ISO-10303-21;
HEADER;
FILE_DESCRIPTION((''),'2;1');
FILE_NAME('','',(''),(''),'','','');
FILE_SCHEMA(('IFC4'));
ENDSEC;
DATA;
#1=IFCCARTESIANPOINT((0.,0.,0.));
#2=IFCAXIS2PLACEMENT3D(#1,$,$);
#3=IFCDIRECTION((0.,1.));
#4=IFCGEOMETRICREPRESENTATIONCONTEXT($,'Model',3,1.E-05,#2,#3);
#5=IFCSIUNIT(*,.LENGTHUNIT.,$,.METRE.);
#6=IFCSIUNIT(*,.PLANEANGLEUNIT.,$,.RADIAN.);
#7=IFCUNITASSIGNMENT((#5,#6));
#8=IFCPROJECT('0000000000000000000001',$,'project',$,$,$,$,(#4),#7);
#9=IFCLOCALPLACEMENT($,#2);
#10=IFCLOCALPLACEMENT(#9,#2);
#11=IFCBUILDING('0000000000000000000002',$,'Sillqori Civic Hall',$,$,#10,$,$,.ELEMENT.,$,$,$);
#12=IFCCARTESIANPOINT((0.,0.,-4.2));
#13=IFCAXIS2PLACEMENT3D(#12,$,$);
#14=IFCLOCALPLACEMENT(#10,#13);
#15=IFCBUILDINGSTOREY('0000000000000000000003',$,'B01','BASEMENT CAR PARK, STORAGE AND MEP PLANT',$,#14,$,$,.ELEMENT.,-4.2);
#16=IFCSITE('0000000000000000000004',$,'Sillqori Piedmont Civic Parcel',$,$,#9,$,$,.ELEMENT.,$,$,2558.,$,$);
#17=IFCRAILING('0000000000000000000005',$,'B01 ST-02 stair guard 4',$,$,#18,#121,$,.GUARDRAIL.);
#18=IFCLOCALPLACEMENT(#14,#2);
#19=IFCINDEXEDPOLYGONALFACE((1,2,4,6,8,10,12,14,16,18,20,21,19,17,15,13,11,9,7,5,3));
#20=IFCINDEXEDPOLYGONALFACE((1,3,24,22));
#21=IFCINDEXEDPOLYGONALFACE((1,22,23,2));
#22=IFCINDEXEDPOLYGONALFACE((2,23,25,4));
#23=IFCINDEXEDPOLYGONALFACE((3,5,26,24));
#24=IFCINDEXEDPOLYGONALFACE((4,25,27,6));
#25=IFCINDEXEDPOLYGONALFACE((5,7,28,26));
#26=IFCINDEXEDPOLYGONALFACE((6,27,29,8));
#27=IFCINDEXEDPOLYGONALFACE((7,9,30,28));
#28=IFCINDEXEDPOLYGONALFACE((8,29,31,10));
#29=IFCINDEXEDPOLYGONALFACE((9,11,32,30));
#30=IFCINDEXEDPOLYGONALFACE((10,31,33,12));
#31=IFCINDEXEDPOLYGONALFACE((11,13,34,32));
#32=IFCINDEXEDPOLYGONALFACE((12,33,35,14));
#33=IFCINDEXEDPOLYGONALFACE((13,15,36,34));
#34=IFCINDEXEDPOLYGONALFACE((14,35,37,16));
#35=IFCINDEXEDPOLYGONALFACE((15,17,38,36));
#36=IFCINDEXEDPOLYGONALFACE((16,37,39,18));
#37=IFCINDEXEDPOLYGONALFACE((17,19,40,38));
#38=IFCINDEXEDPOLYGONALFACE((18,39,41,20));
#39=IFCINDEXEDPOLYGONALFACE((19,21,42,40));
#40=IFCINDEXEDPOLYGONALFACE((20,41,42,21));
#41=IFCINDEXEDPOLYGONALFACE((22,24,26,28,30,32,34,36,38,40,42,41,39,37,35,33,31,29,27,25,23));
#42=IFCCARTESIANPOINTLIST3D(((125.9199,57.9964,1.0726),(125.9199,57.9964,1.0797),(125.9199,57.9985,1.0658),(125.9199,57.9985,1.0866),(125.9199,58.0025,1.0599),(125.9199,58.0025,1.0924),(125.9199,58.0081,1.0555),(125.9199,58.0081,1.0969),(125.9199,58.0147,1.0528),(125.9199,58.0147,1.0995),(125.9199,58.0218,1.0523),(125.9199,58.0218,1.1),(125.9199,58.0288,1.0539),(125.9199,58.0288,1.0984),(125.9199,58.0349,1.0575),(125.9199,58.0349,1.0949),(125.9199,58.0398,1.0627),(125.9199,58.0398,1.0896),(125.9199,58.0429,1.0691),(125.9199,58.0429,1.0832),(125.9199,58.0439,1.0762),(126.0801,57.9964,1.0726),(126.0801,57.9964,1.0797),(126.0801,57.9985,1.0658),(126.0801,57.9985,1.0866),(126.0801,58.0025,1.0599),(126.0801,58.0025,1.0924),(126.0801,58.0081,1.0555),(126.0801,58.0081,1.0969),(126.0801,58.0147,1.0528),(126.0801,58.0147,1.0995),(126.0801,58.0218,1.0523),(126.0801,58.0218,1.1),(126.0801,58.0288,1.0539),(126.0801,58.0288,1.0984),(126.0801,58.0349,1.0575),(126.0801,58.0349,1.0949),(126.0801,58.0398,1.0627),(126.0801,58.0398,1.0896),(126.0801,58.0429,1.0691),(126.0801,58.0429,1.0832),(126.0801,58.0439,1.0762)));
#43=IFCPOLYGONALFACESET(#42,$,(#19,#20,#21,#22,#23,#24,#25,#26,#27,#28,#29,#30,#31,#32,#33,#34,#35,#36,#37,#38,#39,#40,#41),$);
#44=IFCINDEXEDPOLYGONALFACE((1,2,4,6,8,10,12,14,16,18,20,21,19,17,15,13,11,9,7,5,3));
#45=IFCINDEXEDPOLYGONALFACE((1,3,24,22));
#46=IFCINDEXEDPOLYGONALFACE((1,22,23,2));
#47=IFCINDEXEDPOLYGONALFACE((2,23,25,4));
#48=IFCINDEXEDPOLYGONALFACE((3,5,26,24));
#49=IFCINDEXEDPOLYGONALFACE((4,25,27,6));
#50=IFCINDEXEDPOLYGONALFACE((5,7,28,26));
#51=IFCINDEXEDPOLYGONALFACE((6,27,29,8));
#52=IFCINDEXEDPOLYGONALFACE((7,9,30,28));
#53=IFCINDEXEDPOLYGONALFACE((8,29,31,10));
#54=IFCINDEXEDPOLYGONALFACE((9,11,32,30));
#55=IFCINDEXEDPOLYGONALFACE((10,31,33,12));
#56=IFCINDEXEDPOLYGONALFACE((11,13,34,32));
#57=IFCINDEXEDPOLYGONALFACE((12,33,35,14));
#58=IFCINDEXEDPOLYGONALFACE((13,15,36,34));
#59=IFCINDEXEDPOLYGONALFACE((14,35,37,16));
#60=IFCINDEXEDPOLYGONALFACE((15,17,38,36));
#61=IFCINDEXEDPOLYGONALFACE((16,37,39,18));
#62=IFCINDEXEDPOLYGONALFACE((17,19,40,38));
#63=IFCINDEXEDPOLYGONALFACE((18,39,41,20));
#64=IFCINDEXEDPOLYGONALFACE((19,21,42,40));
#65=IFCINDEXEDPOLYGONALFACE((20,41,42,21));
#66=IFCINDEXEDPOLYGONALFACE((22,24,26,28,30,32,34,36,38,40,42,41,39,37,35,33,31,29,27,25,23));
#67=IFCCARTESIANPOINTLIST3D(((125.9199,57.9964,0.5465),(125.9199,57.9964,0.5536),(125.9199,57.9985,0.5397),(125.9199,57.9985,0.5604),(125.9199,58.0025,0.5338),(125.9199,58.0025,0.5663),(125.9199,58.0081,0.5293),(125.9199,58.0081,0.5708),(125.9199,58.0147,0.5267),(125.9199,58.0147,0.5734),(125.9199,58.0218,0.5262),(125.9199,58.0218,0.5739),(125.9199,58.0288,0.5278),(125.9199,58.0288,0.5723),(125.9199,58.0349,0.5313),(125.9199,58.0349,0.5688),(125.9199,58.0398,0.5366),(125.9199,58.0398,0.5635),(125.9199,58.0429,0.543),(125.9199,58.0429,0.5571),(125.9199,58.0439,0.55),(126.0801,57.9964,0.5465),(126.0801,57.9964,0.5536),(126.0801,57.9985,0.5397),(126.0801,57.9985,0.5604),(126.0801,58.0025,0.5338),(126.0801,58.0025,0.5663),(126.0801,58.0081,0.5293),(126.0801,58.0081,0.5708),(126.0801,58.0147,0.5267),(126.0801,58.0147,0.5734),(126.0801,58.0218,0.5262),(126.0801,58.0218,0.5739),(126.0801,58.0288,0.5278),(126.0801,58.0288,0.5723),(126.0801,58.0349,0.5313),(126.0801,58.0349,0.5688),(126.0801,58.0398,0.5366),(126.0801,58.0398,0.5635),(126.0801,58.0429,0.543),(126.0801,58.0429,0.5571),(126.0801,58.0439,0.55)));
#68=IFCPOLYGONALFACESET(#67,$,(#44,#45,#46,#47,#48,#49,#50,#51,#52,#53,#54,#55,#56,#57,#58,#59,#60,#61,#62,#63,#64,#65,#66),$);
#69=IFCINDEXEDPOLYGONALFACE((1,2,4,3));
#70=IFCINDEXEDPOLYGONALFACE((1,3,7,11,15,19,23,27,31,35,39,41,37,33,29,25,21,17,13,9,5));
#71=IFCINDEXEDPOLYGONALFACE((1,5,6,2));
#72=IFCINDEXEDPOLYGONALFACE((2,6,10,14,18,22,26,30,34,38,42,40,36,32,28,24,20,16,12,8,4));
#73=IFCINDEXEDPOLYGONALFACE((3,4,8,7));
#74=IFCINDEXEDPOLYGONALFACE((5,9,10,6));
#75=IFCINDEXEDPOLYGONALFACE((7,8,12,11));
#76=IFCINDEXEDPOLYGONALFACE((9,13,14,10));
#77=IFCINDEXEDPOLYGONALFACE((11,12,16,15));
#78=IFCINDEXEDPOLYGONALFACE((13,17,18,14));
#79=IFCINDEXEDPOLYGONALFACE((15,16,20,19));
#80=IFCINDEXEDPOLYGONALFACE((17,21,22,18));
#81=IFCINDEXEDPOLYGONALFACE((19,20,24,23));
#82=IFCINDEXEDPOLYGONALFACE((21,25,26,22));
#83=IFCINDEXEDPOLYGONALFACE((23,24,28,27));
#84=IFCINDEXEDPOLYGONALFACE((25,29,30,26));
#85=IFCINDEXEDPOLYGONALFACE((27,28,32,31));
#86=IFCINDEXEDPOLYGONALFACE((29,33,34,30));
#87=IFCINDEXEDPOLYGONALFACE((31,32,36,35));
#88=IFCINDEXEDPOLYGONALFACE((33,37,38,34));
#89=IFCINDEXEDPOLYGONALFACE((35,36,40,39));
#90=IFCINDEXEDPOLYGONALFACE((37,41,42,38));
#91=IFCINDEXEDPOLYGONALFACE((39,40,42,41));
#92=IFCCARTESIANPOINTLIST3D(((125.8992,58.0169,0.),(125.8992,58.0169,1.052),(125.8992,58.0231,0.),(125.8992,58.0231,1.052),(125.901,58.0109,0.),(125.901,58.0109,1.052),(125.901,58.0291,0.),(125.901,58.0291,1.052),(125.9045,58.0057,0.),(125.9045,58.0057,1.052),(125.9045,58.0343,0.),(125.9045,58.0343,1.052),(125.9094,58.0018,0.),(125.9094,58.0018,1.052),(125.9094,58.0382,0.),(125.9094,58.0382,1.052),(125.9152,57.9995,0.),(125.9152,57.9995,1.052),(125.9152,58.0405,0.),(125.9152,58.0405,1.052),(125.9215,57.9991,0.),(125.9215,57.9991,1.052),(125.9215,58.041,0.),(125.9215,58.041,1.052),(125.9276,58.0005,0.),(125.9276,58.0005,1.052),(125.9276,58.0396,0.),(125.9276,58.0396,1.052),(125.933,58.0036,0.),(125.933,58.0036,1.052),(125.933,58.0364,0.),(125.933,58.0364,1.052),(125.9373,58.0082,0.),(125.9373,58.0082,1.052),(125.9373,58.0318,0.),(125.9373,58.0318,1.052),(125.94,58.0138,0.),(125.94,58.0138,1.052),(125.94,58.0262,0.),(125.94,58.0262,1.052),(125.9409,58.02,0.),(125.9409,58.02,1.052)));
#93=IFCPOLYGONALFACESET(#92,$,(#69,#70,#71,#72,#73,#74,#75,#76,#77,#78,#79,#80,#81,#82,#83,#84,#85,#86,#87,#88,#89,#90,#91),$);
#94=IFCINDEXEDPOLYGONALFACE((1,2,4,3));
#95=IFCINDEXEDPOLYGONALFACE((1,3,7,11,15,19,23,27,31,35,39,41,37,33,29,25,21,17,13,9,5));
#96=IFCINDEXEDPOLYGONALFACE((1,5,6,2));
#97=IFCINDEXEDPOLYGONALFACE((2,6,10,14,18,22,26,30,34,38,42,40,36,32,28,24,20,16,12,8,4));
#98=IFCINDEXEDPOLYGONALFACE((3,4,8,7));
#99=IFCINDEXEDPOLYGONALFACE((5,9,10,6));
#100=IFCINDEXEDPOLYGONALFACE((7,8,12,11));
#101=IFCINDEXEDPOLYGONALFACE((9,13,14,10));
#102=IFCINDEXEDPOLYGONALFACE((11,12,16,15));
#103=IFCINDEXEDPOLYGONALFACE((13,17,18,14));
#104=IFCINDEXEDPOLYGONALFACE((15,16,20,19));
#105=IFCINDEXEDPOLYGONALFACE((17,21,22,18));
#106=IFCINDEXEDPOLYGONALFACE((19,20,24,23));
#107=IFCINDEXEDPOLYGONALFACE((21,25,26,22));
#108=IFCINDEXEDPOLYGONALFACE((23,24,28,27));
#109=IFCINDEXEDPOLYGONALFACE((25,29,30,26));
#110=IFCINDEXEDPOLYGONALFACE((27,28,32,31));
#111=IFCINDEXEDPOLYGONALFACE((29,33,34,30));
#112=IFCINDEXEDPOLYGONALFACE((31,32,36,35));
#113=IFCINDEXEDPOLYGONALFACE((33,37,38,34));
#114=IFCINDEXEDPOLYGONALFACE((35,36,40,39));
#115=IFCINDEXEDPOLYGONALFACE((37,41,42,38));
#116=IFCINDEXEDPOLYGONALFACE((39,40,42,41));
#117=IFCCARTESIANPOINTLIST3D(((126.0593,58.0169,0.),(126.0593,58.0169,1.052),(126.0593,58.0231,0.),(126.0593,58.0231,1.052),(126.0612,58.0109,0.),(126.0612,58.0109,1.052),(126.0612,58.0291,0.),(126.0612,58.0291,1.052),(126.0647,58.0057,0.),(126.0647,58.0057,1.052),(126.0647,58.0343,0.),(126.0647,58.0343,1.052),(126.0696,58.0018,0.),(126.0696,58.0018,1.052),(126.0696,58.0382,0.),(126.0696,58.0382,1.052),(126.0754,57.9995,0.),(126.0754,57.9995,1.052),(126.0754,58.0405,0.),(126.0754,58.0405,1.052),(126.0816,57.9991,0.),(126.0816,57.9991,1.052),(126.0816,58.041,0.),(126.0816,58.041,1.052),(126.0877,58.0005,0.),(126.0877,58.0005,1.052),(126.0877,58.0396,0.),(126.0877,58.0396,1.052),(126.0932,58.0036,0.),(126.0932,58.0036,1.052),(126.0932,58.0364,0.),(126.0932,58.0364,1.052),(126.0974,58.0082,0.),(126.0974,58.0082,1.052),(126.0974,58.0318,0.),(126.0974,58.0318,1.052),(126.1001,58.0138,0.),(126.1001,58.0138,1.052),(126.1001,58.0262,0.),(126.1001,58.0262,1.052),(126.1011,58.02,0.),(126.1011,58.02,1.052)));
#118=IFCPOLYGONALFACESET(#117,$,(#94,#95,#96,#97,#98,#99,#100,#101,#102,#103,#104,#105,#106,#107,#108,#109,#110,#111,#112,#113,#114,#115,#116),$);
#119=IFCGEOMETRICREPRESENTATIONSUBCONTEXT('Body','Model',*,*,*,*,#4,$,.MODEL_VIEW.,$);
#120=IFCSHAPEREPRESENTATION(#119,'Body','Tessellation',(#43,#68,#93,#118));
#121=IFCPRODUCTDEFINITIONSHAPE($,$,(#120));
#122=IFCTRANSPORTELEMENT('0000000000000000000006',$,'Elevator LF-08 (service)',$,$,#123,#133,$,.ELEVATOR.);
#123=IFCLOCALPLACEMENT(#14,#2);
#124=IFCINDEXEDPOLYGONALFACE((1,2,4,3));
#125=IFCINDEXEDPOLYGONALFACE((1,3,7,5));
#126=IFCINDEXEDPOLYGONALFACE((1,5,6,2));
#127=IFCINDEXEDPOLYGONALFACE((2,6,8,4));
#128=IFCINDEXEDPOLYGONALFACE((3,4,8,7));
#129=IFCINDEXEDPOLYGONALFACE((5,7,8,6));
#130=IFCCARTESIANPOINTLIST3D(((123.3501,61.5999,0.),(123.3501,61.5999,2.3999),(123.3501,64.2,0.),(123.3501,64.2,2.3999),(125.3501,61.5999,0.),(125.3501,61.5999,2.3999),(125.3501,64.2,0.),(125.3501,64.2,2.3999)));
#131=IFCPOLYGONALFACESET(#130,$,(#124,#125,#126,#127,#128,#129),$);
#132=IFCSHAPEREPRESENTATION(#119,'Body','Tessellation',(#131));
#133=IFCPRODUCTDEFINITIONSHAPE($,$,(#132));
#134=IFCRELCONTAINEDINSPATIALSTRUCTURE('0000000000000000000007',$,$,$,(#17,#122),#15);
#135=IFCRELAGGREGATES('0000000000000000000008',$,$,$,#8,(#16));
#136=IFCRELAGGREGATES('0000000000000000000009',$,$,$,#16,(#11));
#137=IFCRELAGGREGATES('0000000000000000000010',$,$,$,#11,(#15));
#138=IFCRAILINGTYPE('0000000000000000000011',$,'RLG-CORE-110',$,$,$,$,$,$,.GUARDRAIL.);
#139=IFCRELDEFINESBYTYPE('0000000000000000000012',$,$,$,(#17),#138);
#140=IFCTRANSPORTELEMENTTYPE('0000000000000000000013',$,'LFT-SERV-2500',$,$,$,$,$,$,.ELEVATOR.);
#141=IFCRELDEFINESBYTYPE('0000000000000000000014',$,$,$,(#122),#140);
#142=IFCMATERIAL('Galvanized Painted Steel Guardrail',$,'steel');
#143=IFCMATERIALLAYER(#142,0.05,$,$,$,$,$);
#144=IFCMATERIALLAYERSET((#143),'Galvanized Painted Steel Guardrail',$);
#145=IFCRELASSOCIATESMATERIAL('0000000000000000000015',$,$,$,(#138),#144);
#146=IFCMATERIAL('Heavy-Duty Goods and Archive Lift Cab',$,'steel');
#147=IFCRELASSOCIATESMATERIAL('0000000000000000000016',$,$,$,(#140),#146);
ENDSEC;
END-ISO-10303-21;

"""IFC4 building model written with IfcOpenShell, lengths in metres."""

from ifc_helpers import new_model, si_unit, direction, frame, origin, origin_2d, place, context, subcontext, project, spatial, rectangle, circle, extrude, material, layer, layer_set, type_object, element, save


model = new_model("IFC4")

# Units and contexts
model_context = context("Model", 3, precision=1e-05, world=origin(), true_north=direction((0.0, 1.0)))
body_context = subcontext(model_context, "Body", "Model", "MODEL_VIEW")
ifc_project = project(units=[si_unit("LENGTHUNIT", "METRE"), si_unit("PLANEANGLEUNIT", "RADIAN")], contexts=[model_context])

# Site, building, storey
site_placement = place(None, origin())
site = spatial("IfcSite", under=ifc_project, at=site_placement, Name="Sillqori Piedmont Civic Parcel", CompositionType="ELEMENT", RefElevation=2558.0)
building_placement = place(site_placement, origin())
building = spatial("IfcBuilding", under=site, at=building_placement, Name="Sillqori Civic Hall", CompositionType="ELEMENT")
storey_placement = place(building_placement, frame((0.0, 0.0, -4.2)))
storey = spatial("IfcBuildingStorey", under=building, at=storey_placement, Name="B01", Description="BASEMENT CAR PARK, STORAGE AND MEP PLANT", CompositionType="ELEMENT", Elevation=-4.2)

# Railing
ifc_material_1 = material(Name="Galvanized Painted Steel Guardrail", Category="steel")
ifc_layer_1 = layer(ifc_material_1, 0.05)
ifc_layer_set_1 = layer_set([ifc_layer_1], Name="Galvanized Painted Steel Guardrail")
railing_type_1 = type_object("IfcRailingType", Name="RLG-CORE-110", PredefinedType="GUARDRAIL", material=ifc_layer_set_1)
railing_1_placement = place(storey_placement, frame((125.9199, 58.02, 0.0)))
element("IfcRailing", 1, at=railing_1_placement, inside=storey, type_object=railing_type_1, Name="B01 ST-02 stair guard 4", PredefinedType="GUARDRAIL", context=body_context, shape_type="SweptSolid", body=[
    extrude(circle(Radius=0.0239, at=origin_2d()), frame((0.0, 0.0, 1.0762), z_axis=(1.0, 0.0, 0.0), x_axis=(0.0, 1.0, 0.0)), (0.0, 0.0, 1.0), 0.1602),
    extrude(circle(Radius=0.0239, at=origin_2d()), frame((0.0, 0.0, 0.55), z_axis=(1.0, 0.0, 0.0), x_axis=(0.0, 1.0, 0.0)), (0.0, 0.0, 1.0), 0.1602),
    extrude(circle(Radius=0.021, at=origin_2d()), origin(), (0.0, 0.0, 1.0), 1.052),
    extrude(circle(Radius=0.021, at=origin_2d()), frame((0.1602, 0.0, 0.0)), (0.0, 0.0, 1.0), 1.052),
])

# Transport element
ifc_material_2 = material(Name="Heavy-Duty Goods and Archive Lift Cab", Category="steel")
transport_element_type = type_object("IfcTransportElementType", Name="LFT-SERV-2500", PredefinedType="ELEVATOR", material=ifc_material_2)
transport_element_placement = place(storey_placement, frame((124.3501, 62.8999, 0.0), z_axis=(0.0, 0.0, 1.0), x_axis=(1.0, 0.0, 0.0)))
element("IfcTransportElement", 2, at=transport_element_placement, inside=storey, type_object=transport_element_type, Name="Elevator LF-08 (service)", PredefinedType="ELEVATOR", context=body_context, shape_type="SweptSolid", body=[
    extrude(rectangle(XDim=2.0, YDim=2.6001, at=origin_2d()), origin(), (0.0, 0.0, 1.0), 2.3999),
])

save(model, "model.ifc")
